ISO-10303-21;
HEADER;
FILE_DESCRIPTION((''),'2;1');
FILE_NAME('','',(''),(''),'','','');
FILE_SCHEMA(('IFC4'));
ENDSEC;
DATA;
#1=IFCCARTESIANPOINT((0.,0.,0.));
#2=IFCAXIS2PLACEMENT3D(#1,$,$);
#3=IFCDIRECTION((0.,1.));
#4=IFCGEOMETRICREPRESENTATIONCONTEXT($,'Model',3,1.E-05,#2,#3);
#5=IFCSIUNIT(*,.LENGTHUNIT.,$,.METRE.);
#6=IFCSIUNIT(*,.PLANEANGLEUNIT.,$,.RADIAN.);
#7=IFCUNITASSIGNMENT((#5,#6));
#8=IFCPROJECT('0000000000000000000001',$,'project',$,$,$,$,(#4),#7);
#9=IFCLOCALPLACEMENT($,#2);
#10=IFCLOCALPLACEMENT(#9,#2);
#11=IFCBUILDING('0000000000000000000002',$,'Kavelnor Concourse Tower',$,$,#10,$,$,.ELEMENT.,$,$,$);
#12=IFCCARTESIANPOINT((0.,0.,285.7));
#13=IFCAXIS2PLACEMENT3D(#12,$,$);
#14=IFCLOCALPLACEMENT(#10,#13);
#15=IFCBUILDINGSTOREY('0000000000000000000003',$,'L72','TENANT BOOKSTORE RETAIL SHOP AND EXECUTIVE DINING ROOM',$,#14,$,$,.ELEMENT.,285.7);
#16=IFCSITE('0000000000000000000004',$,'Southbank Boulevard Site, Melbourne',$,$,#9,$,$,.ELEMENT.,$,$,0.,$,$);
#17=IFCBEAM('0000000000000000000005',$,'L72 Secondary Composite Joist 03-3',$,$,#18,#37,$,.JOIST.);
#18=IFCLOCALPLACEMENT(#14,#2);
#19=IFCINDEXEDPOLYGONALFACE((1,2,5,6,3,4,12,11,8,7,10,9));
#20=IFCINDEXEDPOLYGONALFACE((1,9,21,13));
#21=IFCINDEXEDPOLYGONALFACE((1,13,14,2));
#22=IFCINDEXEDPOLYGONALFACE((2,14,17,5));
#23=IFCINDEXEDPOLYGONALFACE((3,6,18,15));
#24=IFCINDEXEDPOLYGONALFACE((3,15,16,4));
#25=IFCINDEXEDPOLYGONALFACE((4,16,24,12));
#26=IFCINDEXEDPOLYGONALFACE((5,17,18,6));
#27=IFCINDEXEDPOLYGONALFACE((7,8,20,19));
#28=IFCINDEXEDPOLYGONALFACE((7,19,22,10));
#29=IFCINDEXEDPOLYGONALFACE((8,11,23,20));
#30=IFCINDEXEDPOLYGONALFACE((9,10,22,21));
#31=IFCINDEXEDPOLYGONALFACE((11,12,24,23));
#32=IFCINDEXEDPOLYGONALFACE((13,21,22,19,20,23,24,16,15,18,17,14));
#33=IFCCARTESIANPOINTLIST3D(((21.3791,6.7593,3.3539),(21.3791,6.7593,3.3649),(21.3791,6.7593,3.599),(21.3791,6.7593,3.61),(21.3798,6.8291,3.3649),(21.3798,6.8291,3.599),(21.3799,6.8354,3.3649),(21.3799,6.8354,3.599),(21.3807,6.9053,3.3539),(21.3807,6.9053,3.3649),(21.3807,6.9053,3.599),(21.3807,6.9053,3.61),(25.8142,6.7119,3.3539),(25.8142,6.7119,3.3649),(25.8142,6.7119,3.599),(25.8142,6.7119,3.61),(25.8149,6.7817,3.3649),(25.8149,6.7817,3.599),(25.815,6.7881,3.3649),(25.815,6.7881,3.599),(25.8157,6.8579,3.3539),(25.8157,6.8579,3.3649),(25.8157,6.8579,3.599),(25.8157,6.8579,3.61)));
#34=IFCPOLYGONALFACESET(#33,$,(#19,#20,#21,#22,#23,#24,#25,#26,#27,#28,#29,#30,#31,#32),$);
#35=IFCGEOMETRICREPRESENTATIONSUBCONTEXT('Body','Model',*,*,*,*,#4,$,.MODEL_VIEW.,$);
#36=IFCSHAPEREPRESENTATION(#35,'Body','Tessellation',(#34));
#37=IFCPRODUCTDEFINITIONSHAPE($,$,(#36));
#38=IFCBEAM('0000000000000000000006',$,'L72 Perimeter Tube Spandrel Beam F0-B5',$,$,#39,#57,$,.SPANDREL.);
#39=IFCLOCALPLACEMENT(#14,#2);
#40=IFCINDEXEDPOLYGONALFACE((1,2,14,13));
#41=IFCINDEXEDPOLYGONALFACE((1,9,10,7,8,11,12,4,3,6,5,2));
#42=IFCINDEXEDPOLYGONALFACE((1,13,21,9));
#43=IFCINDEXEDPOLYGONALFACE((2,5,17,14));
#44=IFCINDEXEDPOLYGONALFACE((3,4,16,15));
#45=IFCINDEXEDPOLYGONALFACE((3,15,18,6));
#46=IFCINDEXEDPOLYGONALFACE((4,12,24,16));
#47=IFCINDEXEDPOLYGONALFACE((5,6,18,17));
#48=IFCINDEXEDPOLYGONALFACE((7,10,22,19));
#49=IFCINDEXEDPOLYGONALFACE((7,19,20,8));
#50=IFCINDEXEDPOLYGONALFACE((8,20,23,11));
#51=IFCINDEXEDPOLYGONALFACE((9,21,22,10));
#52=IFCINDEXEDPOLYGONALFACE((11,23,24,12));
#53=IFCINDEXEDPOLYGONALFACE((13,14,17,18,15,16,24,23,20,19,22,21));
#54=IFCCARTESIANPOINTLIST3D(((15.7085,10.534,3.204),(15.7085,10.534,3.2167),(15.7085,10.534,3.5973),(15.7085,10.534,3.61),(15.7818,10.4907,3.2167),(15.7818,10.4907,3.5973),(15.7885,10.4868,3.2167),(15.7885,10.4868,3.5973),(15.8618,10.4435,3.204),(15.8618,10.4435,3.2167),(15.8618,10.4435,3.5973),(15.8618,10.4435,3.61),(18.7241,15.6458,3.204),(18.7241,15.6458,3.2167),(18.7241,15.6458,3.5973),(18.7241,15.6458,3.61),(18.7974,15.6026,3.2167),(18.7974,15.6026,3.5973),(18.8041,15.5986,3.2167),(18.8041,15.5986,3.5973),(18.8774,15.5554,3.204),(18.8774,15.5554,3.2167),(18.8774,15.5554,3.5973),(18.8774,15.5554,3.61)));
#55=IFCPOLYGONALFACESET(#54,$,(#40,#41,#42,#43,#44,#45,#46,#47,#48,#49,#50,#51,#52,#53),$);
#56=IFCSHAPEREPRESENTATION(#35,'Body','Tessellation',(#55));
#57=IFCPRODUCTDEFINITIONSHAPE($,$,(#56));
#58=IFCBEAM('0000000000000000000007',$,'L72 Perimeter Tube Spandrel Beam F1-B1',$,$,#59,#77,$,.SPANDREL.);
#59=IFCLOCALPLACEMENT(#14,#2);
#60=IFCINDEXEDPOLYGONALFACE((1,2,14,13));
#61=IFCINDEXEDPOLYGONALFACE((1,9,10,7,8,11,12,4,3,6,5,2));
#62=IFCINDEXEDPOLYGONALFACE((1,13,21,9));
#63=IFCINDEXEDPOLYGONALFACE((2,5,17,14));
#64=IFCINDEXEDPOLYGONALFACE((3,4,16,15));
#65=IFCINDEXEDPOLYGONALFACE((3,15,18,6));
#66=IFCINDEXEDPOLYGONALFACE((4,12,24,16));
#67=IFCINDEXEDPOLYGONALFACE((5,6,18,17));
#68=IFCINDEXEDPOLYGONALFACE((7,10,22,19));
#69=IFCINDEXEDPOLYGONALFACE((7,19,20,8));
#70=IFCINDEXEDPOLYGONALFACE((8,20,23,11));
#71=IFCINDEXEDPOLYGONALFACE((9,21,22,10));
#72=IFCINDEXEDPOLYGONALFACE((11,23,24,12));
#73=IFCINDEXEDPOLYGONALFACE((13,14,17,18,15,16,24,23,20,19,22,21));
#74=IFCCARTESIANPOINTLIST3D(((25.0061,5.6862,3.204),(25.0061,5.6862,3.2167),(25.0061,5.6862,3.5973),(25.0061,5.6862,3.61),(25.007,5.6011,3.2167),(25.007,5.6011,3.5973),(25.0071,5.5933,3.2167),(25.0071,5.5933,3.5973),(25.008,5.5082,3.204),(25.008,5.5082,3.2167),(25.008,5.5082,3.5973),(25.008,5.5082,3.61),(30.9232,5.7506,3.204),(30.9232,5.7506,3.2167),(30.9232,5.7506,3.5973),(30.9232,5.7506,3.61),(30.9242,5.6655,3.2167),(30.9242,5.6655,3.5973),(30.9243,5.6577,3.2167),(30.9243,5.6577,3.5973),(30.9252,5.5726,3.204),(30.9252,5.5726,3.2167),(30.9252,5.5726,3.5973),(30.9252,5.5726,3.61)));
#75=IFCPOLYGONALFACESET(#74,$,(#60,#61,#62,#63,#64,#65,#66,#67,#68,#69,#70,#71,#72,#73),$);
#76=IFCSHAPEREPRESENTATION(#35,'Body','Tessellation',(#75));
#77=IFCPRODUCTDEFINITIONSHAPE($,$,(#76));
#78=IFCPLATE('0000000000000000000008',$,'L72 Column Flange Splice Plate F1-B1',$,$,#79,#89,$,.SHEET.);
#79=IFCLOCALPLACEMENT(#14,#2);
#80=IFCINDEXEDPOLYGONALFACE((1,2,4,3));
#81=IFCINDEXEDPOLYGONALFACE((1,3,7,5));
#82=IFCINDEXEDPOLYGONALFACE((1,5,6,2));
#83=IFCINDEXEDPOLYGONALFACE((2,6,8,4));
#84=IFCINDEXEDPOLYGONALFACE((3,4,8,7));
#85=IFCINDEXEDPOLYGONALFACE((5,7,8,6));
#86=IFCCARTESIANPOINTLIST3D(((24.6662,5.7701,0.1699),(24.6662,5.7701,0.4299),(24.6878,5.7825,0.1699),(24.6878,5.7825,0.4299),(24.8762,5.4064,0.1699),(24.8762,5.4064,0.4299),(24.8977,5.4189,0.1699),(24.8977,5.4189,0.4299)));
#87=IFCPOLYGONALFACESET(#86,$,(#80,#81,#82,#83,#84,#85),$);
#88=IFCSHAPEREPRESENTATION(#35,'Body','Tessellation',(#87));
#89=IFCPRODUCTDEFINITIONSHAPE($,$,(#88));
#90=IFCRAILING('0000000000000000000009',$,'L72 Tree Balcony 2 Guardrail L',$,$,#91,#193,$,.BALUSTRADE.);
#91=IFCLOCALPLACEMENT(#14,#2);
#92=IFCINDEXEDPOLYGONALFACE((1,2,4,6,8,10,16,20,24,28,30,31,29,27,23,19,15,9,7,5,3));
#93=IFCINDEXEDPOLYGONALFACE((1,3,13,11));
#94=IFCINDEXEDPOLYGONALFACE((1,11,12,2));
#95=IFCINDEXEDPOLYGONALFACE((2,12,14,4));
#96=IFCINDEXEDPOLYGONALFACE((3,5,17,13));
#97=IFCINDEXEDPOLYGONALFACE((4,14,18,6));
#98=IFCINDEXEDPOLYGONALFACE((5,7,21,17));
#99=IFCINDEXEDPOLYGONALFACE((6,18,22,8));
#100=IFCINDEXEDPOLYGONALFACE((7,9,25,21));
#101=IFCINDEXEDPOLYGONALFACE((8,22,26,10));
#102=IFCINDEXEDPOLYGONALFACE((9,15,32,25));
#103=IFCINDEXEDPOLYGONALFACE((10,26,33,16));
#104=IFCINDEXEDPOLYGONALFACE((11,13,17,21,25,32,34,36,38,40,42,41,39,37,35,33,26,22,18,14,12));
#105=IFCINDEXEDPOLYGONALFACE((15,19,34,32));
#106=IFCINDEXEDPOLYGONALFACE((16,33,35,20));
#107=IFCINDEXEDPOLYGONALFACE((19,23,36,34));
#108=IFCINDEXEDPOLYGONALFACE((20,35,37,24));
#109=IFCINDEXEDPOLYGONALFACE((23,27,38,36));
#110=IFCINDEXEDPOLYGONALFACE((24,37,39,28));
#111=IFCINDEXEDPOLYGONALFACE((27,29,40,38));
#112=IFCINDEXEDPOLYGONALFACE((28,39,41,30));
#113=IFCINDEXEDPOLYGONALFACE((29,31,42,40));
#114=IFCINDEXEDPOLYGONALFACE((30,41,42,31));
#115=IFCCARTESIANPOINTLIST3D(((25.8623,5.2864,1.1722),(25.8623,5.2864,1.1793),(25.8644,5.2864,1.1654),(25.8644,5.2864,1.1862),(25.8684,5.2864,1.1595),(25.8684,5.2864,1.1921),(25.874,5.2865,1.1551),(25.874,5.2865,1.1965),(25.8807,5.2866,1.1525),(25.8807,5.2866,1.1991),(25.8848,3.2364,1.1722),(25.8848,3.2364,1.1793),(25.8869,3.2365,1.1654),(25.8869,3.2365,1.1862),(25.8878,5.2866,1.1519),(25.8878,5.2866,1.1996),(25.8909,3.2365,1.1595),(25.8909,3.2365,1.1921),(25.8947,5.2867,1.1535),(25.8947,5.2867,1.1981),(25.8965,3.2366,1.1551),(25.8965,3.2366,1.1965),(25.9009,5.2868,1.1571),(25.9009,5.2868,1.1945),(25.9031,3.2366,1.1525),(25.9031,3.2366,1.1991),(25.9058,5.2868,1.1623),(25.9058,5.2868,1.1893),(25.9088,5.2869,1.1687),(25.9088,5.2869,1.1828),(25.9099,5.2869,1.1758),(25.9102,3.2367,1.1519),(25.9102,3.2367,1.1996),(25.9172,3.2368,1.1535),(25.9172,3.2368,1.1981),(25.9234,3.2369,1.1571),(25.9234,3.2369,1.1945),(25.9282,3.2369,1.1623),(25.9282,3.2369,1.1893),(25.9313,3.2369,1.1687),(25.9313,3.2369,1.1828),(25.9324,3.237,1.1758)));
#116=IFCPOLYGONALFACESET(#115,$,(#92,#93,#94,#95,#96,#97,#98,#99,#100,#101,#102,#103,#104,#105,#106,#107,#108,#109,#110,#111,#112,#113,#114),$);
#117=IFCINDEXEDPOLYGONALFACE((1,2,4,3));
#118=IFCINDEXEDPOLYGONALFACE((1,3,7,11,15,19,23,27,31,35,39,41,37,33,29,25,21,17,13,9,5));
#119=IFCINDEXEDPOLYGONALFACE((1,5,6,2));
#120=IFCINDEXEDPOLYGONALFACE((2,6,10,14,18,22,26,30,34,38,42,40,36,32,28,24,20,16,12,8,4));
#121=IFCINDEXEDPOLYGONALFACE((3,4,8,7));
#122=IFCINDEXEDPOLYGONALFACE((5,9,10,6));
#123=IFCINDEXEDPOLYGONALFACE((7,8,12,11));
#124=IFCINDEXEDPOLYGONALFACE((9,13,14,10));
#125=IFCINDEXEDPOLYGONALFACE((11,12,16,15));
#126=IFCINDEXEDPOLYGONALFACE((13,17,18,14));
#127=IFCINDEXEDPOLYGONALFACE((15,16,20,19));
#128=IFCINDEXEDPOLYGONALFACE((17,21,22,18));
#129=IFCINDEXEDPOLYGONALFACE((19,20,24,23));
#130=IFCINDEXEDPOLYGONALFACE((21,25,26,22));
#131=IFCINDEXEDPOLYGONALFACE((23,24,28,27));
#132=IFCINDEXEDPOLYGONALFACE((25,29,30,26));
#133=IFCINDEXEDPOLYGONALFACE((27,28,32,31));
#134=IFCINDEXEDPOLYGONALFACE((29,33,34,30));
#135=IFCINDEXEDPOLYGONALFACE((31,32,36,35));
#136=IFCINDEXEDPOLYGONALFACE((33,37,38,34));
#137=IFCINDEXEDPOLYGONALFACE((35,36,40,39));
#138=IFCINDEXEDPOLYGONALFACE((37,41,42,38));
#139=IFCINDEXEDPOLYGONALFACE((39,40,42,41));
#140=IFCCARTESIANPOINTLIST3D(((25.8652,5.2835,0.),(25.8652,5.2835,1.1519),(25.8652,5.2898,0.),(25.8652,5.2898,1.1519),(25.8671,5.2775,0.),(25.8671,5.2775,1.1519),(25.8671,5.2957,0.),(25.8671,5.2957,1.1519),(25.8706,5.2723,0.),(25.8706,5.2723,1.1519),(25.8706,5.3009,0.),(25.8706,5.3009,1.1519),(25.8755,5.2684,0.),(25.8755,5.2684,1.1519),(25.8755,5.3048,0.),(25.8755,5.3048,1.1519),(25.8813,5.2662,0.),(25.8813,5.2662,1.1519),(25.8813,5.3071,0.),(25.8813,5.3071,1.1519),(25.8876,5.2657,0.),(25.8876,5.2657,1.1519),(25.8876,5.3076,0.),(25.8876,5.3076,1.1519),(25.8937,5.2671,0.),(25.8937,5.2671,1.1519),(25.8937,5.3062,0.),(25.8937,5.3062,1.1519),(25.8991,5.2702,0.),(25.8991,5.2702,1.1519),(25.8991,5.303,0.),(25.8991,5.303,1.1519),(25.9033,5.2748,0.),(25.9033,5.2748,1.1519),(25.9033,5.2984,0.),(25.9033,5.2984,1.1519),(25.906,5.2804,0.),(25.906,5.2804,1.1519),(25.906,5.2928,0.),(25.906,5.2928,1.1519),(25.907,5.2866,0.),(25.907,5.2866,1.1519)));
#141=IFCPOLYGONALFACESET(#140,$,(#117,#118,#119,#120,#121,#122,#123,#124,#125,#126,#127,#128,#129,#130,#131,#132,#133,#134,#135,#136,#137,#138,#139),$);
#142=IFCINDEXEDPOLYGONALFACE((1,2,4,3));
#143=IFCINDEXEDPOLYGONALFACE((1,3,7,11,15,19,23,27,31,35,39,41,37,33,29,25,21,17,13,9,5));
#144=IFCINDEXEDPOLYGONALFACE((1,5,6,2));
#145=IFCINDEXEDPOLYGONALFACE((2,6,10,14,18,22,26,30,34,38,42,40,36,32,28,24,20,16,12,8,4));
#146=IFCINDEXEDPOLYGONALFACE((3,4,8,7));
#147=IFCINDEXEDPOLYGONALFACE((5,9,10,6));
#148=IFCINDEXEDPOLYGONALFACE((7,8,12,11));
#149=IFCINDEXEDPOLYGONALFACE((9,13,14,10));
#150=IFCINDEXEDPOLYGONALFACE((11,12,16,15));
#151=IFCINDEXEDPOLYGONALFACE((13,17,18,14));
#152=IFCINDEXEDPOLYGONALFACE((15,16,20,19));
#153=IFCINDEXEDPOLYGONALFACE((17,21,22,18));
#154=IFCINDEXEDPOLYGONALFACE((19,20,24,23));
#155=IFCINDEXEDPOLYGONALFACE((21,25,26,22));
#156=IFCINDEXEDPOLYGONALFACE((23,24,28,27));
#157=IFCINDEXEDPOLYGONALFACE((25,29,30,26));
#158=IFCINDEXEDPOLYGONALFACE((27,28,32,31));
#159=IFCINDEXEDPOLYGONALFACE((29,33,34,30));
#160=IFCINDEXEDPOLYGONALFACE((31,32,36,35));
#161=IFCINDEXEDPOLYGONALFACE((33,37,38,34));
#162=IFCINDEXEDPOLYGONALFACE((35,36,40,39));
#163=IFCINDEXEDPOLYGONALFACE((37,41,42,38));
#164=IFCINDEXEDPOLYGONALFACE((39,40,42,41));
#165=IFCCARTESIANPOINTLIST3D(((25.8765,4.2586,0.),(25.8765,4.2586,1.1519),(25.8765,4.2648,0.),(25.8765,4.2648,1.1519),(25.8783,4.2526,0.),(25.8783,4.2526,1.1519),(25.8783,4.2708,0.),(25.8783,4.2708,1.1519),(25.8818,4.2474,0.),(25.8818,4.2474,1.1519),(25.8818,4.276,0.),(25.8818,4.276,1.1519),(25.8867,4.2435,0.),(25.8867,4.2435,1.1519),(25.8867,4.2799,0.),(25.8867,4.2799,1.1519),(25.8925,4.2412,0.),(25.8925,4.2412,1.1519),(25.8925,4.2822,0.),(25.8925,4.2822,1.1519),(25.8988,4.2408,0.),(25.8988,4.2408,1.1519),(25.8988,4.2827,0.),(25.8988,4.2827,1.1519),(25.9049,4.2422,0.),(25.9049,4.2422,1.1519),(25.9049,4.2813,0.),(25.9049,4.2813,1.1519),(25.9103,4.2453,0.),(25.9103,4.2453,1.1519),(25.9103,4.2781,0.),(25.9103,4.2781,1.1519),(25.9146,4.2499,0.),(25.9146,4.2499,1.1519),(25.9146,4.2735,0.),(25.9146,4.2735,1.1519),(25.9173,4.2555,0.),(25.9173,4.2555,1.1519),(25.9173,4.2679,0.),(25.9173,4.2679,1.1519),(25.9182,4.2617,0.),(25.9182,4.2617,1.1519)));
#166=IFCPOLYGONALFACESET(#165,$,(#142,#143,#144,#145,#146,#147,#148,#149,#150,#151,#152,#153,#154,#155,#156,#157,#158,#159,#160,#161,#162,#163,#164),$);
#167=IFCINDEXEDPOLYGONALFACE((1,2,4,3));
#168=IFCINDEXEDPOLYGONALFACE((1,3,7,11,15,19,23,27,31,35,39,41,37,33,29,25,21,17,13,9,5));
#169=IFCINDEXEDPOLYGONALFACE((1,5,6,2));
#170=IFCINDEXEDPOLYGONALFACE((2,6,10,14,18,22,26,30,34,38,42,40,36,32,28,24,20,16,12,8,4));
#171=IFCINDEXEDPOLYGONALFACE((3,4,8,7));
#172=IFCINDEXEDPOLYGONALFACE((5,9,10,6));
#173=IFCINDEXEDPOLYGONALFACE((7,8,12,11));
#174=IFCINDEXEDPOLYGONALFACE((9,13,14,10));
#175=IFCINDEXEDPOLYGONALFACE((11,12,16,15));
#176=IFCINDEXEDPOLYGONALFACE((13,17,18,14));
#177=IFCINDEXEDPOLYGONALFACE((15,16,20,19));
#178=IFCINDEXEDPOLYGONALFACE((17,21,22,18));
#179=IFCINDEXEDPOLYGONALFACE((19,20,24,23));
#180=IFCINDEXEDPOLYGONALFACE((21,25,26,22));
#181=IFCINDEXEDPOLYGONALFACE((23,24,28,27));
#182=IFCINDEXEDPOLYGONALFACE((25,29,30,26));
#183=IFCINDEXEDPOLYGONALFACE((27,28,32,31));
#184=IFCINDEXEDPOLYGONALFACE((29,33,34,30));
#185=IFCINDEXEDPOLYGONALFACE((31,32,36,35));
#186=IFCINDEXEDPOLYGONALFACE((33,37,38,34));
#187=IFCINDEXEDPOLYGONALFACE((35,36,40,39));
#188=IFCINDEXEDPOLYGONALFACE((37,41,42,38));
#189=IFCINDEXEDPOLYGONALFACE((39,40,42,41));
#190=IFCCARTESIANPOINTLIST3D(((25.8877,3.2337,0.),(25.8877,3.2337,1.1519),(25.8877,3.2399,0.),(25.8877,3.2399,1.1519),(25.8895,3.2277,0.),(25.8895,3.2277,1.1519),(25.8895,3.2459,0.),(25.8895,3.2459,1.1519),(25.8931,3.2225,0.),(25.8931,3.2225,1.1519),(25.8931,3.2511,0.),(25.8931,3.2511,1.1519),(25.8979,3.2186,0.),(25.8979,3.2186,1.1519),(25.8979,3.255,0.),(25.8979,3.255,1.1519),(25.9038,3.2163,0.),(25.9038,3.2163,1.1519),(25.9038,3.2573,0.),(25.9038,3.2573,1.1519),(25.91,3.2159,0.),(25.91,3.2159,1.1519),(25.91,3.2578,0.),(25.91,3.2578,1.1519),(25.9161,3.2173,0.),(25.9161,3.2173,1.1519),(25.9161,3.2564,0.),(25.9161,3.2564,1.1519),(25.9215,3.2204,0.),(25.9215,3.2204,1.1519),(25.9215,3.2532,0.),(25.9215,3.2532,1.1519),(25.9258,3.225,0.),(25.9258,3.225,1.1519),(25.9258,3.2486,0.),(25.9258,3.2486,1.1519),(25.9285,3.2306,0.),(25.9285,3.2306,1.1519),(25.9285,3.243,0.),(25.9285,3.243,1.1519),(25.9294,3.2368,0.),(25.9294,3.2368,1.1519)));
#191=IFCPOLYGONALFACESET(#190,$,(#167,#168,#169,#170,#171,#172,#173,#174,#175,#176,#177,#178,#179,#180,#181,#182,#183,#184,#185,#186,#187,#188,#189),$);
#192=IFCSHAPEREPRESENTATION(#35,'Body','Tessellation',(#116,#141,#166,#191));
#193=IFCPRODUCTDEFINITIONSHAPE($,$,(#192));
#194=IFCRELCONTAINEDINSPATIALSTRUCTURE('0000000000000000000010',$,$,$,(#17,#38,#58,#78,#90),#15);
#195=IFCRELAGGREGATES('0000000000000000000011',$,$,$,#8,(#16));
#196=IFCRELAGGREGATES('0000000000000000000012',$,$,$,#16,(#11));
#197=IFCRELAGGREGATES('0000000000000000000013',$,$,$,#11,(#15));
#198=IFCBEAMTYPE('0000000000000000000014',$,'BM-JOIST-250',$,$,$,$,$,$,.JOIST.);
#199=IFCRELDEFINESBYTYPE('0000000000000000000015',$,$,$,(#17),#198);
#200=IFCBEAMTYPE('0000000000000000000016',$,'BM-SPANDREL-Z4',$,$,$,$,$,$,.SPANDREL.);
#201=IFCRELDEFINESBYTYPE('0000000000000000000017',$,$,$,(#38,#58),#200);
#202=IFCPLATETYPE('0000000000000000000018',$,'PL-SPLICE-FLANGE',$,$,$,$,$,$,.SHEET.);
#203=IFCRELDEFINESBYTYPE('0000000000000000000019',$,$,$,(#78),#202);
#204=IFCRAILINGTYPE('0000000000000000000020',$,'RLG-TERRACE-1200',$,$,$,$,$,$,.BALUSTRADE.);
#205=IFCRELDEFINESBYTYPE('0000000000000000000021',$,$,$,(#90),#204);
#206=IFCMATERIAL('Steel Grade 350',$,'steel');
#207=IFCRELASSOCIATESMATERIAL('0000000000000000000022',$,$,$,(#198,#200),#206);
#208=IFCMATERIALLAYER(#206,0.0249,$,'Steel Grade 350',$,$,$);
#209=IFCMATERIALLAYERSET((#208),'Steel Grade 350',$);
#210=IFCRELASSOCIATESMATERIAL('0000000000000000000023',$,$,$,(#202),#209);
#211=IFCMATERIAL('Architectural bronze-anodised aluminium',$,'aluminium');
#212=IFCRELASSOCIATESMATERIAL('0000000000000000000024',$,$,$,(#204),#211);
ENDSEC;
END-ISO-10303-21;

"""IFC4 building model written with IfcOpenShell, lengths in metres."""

from ifc_helpers import new_model, si_unit, direction, frame, origin, origin_2d, place, context, subcontext, project, spatial, rectangle, circle, i_section, extrude, material, layer, layer_set, material_profile, profile_set, type_object, element, save


model = new_model("IFC4")

# Units and contexts
model_context = context("Model", 3, precision=1e-05, world=origin(), true_north=direction((0.0, 1.0)))
body_context = subcontext(model_context, "Body", "Model", "MODEL_VIEW")
ifc_project = project(units=[si_unit("LENGTHUNIT", "METRE"), si_unit("PLANEANGLEUNIT", "RADIAN")], contexts=[model_context])

# Site, building, storey
site_placement = place(None, origin())
site = spatial("IfcSite", under=ifc_project, at=site_placement, Name="Southbank Boulevard Site, Melbourne", CompositionType="ELEMENT", RefElevation=0.0)
building_placement = place(site_placement, origin())
building = spatial("IfcBuilding", under=site, at=building_placement, Name="Kavelnor Concourse Tower", CompositionType="ELEMENT")
storey_placement = place(building_placement, frame((0.0, 0.0, 285.7)))
storey = spatial("IfcBuildingStorey", under=building, at=storey_placement, Name="L72", Description="TENANT BOOKSTORE RETAIL SHOP AND EXECUTIVE DINING ROOM", CompositionType="ELEMENT", Elevation=285.7)

# Shared definitions
ifc_material_1 = material(Name="Steel Grade 350", Category="steel")

# Beams
ifc_material_profile_1 = material_profile(ifc_material_1, i_section(OverallWidth=0.146, OverallDepth=0.2561, WebThickness=0.0063, FlangeThickness=0.011, at=origin_2d()), Name="250UB37")
ifc_profile_set_1 = profile_set([ifc_material_profile_1], Name="Steel Grade 350")
beam_type_1 = type_object("IfcBeamType", Name="BM-JOIST-250", PredefinedType="JOIST", material=ifc_profile_set_1)
beam_1_placement = place(storey_placement, frame((21.3799, 6.8323, 3.4819), z_axis=(0.999943, -0.010679, 0.0), x_axis=(0.010679, 0.999943, 0.0)))
element("IfcBeam", 1, at=beam_1_placement, inside=storey, type_object=beam_type_1, Name="L72 Secondary Composite Joist 03-3", PredefinedType="JOIST", context=body_context, shape_type="SweptSolid", body=[
    extrude(i_section(OverallWidth=0.146, OverallDepth=0.2561, WebThickness=0.0063, FlangeThickness=0.011, at=origin_2d()), origin(), (0.0, 0.0, 1.0), 4.4353),
])
ifc_material_profile_2 = material_profile(ifc_material_1, i_section(OverallWidth=0.178, OverallDepth=0.406, WebThickness=0.0078, FlangeThickness=0.0127, at=origin_2d()), Name="410UB59")
ifc_profile_set_2 = profile_set([ifc_material_profile_2], Name="Steel Grade 350")
beam_type_2 = type_object("IfcBeamType", Name="BM-SPANDREL-Z4", PredefinedType="SPANDREL", material=ifc_profile_set_2)
beam_2_placement = place(storey_placement, frame((18.8008, 15.6006, 3.407), z_axis=(-0.508106, -0.861295, 0.0), x_axis=(0.861295, -0.508106, 0.0)))
element("IfcBeam", 2, at=beam_2_placement, inside=storey, type_object=beam_type_2, Name="L72 Perimeter Tube Spandrel Beam F0-B5", PredefinedType="SPANDREL", context=body_context, shape_type="SweptSolid", body=[
    extrude(i_section(OverallWidth=0.178, OverallDepth=0.406, WebThickness=0.0078, FlangeThickness=0.0127, at=origin_2d()), origin(), (0.0, 0.0, 1.0), 5.9351),
])
beam_3_placement = place(storey_placement, frame((25.0071, 5.5972, 3.407), z_axis=(0.999941, 0.010892, 0.0), x_axis=(-0.010892, 0.999941, 0.0)))
element("IfcBeam", 3, at=beam_3_placement, inside=storey, type_object=beam_type_2, Name="L72 Perimeter Tube Spandrel Beam F1-B1", PredefinedType="SPANDREL", context=body_context, shape_type="SweptSolid", body=[
    extrude(i_section(OverallWidth=0.178, OverallDepth=0.406, WebThickness=0.0078, FlangeThickness=0.0127, at=origin_2d()), origin(), (0.0, 0.0, 1.0), 5.9175),
])

# Plate
ifc_layer = layer(ifc_material_1, 0.0249, Name="Steel Grade 350")
ifc_layer_set = layer_set([ifc_layer], Name="Steel Grade 350")
plate_type = type_object("IfcPlateType", Name="PL-SPLICE-FLANGE", PredefinedType="SHEET", material=ifc_layer_set)
plate_placement = place(storey_placement, frame((24.782, 5.5945, 0.1699), z_axis=(0.0, 0.0, 1.0), x_axis=(-0.5, 0.866025, 0.0)))
element("IfcPlate", 4, at=plate_placement, inside=storey, type_object=plate_type, Name="L72 Column Flange Splice Plate F1-B1", PredefinedType="SHEET", context=body_context, shape_type="SweptSolid", body=[
    extrude(rectangle(XDim=0.4199, YDim=0.0249, at=origin_2d()), origin(), (0.0, 0.0, 1.0), 0.26),
])

# Railing
ifc_material_2 = material(Name="Architectural bronze-anodised aluminium", Category="aluminium")
railing_type = type_object("IfcRailingType", Name="RLG-TERRACE-1200", PredefinedType="BALUSTRADE", material=ifc_material_2)
railing_1_placement = place(storey_placement, frame((25.886, 5.2866, 0.0)))
element("IfcRailing", 5, at=railing_1_placement, inside=storey, type_object=railing_type, Name="L72 Tree Balcony 2 Guardrail L", PredefinedType="BALUSTRADE", context=body_context, shape_type="SweptSolid", body=[
    extrude(circle(Radius=0.0239, at=origin_2d()), frame((0.0, 0.0, 1.1758), z_axis=(0.010957, -0.99994, 0.0), x_axis=(0.99994, 0.010957, 0.0)), (0.0, 0.0, 1.0), 2.05),
    extrude(circle(Radius=0.021, at=origin_2d()), origin(), (0.0, 0.0, 1.0), 1.1519),
    extrude(circle(Radius=0.021, at=origin_2d()), frame((0.0112, -1.0249, 0.0)), (0.0, 0.0, 1.0), 1.1519),
    extrude(circle(Radius=0.021, at=origin_2d()), frame((0.0225, -2.0498, 0.0)), (0.0, 0.0, 1.0), 1.1519),
])

save(model, "model.ifc")
